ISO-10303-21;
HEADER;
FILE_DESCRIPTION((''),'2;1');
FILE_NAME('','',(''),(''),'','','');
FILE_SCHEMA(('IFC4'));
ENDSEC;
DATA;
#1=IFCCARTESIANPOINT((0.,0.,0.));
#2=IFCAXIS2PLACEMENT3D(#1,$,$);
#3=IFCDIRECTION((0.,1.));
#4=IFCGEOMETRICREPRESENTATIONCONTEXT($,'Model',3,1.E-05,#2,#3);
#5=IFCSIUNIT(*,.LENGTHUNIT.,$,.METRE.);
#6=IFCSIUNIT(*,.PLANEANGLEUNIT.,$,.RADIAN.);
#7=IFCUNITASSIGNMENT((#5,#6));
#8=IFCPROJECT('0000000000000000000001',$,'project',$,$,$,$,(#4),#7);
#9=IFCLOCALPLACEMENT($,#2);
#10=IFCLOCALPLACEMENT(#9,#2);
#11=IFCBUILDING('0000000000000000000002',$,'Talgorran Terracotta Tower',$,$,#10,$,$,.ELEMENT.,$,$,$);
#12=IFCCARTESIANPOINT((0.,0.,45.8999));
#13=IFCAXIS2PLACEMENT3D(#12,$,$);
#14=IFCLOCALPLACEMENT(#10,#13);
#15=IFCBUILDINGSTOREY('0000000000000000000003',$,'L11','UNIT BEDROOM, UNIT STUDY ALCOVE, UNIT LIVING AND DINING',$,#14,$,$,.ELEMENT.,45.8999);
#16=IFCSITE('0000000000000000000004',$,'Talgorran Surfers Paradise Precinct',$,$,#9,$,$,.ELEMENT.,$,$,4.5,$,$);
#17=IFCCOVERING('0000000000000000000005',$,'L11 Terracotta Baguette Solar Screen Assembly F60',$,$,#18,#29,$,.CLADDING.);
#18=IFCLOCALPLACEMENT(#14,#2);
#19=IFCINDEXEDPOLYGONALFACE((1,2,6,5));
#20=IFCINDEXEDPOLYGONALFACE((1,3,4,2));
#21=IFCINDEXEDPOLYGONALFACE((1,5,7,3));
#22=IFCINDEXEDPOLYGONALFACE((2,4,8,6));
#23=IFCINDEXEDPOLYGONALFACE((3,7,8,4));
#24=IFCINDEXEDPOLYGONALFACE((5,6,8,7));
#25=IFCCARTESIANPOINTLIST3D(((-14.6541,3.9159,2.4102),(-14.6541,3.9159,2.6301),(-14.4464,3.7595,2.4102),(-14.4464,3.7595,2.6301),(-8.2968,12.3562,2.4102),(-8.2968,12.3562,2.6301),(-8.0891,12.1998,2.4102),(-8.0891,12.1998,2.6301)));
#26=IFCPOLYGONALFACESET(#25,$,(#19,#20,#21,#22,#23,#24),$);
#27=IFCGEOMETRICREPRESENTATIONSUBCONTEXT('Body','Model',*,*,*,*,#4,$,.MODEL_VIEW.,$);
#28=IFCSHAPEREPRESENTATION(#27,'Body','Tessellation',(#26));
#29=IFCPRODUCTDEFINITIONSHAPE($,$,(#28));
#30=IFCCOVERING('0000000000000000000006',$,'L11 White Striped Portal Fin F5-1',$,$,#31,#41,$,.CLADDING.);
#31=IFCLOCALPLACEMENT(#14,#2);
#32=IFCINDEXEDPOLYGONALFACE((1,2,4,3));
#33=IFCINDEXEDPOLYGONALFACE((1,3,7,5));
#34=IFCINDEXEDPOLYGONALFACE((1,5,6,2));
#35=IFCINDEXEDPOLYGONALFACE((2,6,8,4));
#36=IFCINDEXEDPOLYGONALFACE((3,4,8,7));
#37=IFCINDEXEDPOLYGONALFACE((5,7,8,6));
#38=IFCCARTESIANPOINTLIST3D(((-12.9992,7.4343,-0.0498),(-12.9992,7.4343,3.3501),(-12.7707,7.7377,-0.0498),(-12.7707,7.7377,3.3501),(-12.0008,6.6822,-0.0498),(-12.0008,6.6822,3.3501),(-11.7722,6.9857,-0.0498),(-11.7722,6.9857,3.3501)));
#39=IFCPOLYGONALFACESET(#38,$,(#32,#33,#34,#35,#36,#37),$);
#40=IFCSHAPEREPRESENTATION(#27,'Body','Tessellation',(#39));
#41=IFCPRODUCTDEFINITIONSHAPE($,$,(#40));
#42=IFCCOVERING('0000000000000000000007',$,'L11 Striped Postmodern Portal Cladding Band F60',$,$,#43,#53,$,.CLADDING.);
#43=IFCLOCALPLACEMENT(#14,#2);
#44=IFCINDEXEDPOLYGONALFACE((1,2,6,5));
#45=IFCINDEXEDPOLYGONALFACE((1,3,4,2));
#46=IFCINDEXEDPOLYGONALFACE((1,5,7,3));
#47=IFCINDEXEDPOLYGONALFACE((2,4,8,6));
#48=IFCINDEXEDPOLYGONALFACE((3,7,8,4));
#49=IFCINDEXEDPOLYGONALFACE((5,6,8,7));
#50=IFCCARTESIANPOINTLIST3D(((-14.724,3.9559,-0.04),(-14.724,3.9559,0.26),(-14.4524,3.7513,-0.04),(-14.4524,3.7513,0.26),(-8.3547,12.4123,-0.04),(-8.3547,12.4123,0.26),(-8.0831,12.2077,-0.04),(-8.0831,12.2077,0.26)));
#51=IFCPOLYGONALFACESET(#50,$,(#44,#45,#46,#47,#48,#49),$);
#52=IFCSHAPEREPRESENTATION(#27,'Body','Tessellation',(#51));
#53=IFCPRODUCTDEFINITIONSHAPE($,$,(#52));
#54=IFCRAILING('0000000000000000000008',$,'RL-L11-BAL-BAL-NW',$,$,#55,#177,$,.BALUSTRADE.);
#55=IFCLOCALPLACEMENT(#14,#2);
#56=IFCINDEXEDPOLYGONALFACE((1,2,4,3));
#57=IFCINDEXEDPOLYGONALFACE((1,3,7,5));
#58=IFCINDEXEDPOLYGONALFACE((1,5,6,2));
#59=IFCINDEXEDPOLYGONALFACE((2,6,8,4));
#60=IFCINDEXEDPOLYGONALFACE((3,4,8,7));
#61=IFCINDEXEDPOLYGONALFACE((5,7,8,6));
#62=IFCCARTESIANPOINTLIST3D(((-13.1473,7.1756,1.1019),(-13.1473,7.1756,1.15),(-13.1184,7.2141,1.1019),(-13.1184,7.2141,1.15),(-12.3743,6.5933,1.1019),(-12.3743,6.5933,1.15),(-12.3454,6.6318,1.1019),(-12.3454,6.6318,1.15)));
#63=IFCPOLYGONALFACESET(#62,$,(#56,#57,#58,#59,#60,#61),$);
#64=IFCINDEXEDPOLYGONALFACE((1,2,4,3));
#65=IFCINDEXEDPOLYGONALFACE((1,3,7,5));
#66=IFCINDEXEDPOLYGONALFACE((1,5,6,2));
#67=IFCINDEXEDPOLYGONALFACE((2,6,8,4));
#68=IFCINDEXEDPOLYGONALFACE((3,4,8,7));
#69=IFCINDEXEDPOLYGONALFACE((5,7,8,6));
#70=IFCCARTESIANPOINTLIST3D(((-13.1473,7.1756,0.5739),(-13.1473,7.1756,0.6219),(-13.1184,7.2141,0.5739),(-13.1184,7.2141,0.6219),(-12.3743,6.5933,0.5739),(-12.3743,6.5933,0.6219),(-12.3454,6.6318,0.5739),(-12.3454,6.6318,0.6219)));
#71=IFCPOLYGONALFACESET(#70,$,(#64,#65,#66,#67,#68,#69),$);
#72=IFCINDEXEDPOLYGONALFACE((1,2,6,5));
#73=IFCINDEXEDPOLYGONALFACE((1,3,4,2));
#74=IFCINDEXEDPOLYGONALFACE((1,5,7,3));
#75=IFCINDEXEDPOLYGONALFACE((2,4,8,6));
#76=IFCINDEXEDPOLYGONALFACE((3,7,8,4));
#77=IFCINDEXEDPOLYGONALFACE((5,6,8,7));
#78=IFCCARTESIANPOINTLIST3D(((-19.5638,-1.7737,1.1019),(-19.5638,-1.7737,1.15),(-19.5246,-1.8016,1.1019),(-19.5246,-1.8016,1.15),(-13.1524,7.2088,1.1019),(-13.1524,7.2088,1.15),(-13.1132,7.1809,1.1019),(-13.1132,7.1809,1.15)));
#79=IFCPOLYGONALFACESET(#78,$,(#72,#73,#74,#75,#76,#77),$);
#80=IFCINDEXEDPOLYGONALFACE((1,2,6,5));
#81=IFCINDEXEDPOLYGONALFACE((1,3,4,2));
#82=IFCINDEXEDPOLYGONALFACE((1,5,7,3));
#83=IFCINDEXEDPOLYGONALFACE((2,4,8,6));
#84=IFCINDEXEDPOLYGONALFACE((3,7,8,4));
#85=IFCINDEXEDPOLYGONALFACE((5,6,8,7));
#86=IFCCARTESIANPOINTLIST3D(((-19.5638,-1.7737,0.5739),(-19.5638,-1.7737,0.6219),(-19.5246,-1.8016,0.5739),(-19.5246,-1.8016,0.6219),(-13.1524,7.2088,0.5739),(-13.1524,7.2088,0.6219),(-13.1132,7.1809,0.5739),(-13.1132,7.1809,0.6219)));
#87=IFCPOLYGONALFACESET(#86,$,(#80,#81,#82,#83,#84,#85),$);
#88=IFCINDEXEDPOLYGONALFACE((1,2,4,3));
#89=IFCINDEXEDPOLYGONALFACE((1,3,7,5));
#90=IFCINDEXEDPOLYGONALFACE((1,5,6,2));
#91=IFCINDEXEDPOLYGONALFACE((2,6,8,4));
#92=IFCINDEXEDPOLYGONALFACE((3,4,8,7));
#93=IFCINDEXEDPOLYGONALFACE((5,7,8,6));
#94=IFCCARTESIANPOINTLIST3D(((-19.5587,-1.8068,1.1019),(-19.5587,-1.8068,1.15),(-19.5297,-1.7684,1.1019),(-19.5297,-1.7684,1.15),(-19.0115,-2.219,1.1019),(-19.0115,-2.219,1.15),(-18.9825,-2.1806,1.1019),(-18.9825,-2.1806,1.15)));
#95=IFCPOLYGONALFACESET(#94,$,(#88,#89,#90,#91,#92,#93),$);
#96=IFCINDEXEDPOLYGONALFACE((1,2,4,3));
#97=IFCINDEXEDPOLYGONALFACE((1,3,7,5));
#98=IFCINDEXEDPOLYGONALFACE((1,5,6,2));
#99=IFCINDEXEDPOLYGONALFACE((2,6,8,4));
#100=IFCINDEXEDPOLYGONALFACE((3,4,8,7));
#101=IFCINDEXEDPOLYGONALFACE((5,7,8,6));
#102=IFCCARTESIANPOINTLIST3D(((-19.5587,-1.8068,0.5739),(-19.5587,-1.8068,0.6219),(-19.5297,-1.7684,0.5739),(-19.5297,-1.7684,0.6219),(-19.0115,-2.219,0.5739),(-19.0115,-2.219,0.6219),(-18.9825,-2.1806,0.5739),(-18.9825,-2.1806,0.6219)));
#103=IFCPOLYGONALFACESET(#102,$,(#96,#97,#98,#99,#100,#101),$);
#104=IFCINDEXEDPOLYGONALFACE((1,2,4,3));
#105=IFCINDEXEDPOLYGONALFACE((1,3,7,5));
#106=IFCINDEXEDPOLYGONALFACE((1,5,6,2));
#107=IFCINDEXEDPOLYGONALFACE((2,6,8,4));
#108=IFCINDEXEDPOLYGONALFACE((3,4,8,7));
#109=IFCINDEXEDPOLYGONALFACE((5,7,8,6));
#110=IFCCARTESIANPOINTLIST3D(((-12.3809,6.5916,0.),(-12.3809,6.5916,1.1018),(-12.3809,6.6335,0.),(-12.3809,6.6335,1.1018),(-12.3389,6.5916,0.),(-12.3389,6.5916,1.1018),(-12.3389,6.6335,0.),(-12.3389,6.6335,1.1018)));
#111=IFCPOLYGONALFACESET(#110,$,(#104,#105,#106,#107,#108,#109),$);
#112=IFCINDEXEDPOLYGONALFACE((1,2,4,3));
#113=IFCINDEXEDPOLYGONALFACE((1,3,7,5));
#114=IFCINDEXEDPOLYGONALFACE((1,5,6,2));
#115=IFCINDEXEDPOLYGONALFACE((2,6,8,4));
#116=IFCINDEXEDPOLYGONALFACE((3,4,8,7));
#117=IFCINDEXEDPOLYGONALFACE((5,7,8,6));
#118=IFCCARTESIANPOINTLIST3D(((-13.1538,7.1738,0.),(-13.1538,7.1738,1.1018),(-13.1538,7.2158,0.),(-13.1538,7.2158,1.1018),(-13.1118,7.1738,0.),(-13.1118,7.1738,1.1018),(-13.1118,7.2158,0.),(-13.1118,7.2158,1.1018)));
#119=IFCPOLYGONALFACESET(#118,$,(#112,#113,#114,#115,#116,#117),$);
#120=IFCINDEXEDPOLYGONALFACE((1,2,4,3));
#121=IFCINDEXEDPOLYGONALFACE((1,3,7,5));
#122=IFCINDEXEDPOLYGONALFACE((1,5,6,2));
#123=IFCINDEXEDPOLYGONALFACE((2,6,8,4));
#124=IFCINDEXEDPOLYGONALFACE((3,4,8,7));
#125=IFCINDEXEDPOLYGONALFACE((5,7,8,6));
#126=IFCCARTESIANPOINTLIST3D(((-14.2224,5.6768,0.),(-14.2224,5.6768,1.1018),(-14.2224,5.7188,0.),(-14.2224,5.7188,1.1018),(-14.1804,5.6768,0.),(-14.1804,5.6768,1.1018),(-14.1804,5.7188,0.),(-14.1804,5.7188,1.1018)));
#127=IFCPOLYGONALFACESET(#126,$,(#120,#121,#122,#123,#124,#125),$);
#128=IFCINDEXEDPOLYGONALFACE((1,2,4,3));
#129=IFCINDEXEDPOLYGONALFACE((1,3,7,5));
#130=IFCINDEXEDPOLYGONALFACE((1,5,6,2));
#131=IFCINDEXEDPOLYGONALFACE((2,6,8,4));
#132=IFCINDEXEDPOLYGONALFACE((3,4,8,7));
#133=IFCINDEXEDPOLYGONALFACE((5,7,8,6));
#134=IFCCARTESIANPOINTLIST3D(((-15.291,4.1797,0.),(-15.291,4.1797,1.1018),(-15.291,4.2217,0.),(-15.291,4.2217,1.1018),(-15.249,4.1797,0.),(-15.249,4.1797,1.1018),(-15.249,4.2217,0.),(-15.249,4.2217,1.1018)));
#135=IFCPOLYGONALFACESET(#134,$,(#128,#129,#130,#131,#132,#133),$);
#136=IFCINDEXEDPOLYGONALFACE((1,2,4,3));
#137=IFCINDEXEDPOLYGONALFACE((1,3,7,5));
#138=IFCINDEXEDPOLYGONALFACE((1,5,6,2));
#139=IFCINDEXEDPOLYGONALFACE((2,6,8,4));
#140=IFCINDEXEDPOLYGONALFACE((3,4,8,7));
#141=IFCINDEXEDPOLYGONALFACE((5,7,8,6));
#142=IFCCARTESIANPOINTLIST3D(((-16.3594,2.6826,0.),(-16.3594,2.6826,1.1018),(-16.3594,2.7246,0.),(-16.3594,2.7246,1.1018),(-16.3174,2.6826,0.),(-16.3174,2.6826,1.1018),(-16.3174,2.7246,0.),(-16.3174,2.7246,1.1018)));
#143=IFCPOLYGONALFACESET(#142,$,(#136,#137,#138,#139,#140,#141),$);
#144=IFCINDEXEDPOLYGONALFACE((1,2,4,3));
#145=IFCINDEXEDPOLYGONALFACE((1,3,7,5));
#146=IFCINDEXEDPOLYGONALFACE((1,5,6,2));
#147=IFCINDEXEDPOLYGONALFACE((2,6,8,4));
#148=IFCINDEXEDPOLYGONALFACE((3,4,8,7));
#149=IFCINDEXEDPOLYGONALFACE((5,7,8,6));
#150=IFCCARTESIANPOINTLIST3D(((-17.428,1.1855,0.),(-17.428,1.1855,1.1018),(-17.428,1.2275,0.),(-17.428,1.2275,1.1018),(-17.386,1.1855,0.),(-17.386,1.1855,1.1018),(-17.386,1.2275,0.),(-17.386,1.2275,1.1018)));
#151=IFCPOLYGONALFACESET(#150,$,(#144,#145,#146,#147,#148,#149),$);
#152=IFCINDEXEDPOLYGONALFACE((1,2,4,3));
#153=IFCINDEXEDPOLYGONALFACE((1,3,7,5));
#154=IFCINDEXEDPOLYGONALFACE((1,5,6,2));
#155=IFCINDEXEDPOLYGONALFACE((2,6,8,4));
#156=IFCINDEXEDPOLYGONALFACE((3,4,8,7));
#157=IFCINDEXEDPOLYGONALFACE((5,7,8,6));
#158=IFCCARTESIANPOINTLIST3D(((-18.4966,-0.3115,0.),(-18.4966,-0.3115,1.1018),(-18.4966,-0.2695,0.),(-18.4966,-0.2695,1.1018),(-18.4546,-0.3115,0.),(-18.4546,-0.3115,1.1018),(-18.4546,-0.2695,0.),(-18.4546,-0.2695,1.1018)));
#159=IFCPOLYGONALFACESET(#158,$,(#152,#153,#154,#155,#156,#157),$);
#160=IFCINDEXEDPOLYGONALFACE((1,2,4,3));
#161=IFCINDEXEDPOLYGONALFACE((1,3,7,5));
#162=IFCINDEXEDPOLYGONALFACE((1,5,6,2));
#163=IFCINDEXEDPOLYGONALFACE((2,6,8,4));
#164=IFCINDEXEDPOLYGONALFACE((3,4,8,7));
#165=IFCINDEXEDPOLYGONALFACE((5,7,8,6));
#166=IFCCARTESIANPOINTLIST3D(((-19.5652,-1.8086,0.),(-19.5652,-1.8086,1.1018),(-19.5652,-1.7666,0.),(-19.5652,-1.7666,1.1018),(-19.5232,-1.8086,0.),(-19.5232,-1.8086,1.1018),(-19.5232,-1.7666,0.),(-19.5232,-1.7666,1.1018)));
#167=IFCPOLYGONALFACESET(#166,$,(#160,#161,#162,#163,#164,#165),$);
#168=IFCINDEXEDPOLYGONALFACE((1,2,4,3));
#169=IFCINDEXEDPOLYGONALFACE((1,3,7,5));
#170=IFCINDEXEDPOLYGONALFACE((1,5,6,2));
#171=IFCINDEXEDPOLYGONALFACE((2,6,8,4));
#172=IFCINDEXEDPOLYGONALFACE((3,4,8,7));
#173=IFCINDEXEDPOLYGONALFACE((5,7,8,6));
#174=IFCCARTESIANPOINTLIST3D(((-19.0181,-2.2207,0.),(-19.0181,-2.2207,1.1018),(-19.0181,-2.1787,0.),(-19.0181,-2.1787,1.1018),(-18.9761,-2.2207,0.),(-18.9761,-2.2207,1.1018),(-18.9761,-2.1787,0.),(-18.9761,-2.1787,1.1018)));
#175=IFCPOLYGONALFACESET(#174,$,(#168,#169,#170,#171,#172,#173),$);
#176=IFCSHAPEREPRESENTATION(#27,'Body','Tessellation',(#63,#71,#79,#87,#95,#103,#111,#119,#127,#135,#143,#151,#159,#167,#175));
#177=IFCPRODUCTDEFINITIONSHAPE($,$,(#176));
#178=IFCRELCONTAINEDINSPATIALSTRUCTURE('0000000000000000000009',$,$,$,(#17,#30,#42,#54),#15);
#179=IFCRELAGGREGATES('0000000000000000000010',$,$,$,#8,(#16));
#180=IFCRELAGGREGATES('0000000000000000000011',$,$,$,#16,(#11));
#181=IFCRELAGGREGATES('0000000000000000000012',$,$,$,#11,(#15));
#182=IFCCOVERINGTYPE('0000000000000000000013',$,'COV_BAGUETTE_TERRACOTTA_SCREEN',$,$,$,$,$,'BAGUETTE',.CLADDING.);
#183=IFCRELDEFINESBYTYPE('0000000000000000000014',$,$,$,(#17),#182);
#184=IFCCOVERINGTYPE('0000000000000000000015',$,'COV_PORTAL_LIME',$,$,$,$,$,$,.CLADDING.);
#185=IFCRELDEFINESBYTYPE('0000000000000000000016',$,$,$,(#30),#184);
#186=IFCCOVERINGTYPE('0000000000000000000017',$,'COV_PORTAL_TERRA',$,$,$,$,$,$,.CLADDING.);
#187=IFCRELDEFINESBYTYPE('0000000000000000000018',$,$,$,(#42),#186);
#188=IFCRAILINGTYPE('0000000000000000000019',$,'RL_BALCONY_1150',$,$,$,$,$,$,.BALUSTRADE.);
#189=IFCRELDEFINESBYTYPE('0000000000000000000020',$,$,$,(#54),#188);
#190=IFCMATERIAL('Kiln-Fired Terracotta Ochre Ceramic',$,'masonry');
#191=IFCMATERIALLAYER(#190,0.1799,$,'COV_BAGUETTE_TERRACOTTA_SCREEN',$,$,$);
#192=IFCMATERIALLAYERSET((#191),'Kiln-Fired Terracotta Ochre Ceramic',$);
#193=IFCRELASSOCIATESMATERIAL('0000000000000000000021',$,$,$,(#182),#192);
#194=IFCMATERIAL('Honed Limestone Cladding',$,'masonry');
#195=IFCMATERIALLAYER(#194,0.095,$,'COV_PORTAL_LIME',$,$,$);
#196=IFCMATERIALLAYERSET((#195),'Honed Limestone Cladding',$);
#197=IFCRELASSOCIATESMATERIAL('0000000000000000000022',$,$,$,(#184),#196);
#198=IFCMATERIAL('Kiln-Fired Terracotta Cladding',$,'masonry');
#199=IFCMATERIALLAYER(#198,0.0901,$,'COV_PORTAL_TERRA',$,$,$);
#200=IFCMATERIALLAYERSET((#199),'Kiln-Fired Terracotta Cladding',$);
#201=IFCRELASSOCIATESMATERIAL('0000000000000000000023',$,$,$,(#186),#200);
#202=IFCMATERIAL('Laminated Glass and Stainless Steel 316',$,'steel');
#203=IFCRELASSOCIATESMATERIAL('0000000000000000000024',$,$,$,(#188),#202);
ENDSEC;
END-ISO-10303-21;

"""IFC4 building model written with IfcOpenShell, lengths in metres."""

from ifc_helpers import new_model, si_unit, direction, frame, origin, origin_2d, place, context, subcontext, project, spatial, rectangle, extrude, material, layer, layer_set, type_object, element, save


model = new_model("IFC4")

# Units and contexts
model_context = context("Model", 3, precision=1e-05, world=origin(), true_north=direction((0.0, 1.0)))
body_context = subcontext(model_context, "Body", "Model", "MODEL_VIEW")
ifc_project = project(units=[si_unit("LENGTHUNIT", "METRE"), si_unit("PLANEANGLEUNIT", "RADIAN")], contexts=[model_context])

# Site, building, storey
site_placement = place(None, origin())
site = spatial("IfcSite", under=ifc_project, at=site_placement, Name="Talgorran Surfers Paradise Precinct", CompositionType="ELEMENT", RefElevation=4.5)
building_placement = place(site_placement, origin())
building = spatial("IfcBuilding", under=site, at=building_placement, Name="Talgorran Terracotta Tower", CompositionType="ELEMENT")
storey_placement = place(building_placement, frame((0.0, 0.0, 45.8999)))
storey = spatial("IfcBuildingStorey", under=building, at=storey_placement, Name="L11", Description="UNIT BEDROOM, UNIT STUDY ALCOVE, UNIT LIVING AND DINING", CompositionType="ELEMENT", Elevation=45.8999)

# Coverings
ifc_material_1 = material(Name="Kiln-Fired Terracotta Ochre Ceramic", Category="masonry")
ifc_layer_1 = layer(ifc_material_1, 0.1799, Name="COV_BAGUETTE_TERRACOTTA_SCREEN")
ifc_layer_set_1 = layer_set([ifc_layer_1], Name="Kiln-Fired Terracotta Ochre Ceramic")
covering_type_1 = type_object("IfcCoveringType", Name="COV_BAGUETTE_TERRACOTTA_SCREEN", ElementType="BAGUETTE", PredefinedType="CLADDING", material=ifc_layer_set_1)
covering_1_placement = place(storey_placement, frame((-11.3716, 8.0579, 2.4102), z_axis=(0.0, 0.0, 1.0), x_axis=(-0.601634, -0.798772, 0.0)))
element("IfcCovering", 1, at=covering_1_placement, inside=storey, type_object=covering_type_1, Name="L11 Terracotta Baguette Solar Screen Assembly F60", PredefinedType="CLADDING", context=body_context, shape_type="SweptSolid", body=[
    extrude(rectangle(XDim=10.5667, YDim=0.26, at=origin_2d()), origin(), (0.0, 0.0, 1.0), 0.22),
])
ifc_material_2 = material(Name="Honed Limestone Cladding", Category="masonry")
ifc_layer_2 = layer(ifc_material_2, 0.095, Name="COV_PORTAL_LIME")
ifc_layer_set_2 = layer_set([ifc_layer_2], Name="Honed Limestone Cladding")
covering_type_2 = type_object("IfcCoveringType", Name="COV_PORTAL_LIME", PredefinedType="CLADDING", material=ifc_layer_set_2)
covering_2_placement = place(storey_placement, frame((-12.3857, 7.21, -0.0498), z_axis=(0.0, 0.0, 1.0), x_axis=(-0.601634, -0.798772, 0.0)))
element("IfcCovering", 2, at=covering_2_placement, inside=storey, type_object=covering_type_2, Name="L11 White Striped Portal Fin F5-1", PredefinedType="CLADDING", context=body_context, shape_type="SweptSolid", body=[
    extrude(rectangle(XDim=0.3799, YDim=1.25, at=origin_2d()), origin(), (0.0, 0.0, 1.0), 3.3999),
])
ifc_material_3 = material(Name="Kiln-Fired Terracotta Cladding", Category="masonry")
ifc_layer_3 = layer(ifc_material_3, 0.0901, Name="COV_PORTAL_TERRA")
ifc_layer_set_3 = layer_set([ifc_layer_3], Name="Kiln-Fired Terracotta Cladding")
covering_type_3 = type_object("IfcCoveringType", Name="COV_PORTAL_TERRA", PredefinedType="CLADDING", material=ifc_layer_set_3)
covering_3_placement = place(storey_placement, frame((-11.4036, 8.0818, -0.04), z_axis=(0.0, 0.0, 1.0), x_axis=(-0.601634, -0.798772, 0.0)))
element("IfcCovering", 3, at=covering_3_placement, inside=storey, type_object=covering_type_3, Name="L11 Striped Postmodern Portal Cladding Band F60", PredefinedType="CLADDING", context=body_context, shape_type="SweptSolid", body=[
    extrude(rectangle(XDim=10.5867, YDim=0.3401, at=origin_2d()), origin(), (0.0, 0.0, 1.0), 0.3),
])

# Railing
ifc_material_4 = material(Name="Laminated Glass and Stainless Steel 316", Category="steel")
railing_type = type_object("IfcRailingType", Name="RL_BALCONY_1150", PredefinedType="BALUSTRADE", material=ifc_material_4)
railing_placement = place(storey_placement, frame((-12.3599, 6.6125, 0.0)))
element("IfcRailing", 4, at=railing_placement, inside=storey, type_object=railing_type, Name="RL-L11-BAL-BAL-NW", PredefinedType="BALUSTRADE", context=body_context, shape_type="SweptSolid", body=[
    extrude(rectangle(XDim=0.0481, YDim=0.0481, at=origin_2d()), frame((0.0, 0.0, 1.126), z_axis=(-0.798727, 0.601694, 0.0), x_axis=(-0.601694, -0.798727, 0.0)), (0.0, 0.0, 1.0), 0.9678),
    extrude(rectangle(XDim=0.0481, YDim=0.0481, at=origin_2d()), frame((0.0, 0.0, 0.5979), z_axis=(-0.798727, 0.601694, 0.0), x_axis=(-0.601694, -0.798727, 0.0)), (0.0, 0.0, 1.0), 0.9678),
    extrude(rectangle(XDim=0.0481, YDim=0.0481, at=origin_2d()), frame((-0.7729, 0.5823, 1.126), z_axis=(-0.58096, -0.813932, 0.0), x_axis=(0.813932, -0.58096, 0.0)), (0.0, 0.0, 1.0), 11.0359),
    extrude(rectangle(XDim=0.0481, YDim=0.0481, at=origin_2d()), frame((-0.7729, 0.5823, 0.5979), z_axis=(-0.58096, -0.813932, 0.0), x_axis=(0.813932, -0.58096, 0.0)), (0.0, 0.0, 1.0), 11.0359),
    extrude(rectangle(XDim=0.0481, YDim=0.0481, at=origin_2d()), frame((-7.1843, -8.4001, 1.126), z_axis=(0.798758, -0.601653, 0.0), x_axis=(0.601653, 0.798758, 0.0)), (0.0, 0.0, 1.0), 0.6851),
    extrude(rectangle(XDim=0.0481, YDim=0.0481, at=origin_2d()), frame((-7.1843, -8.4001, 0.5979), z_axis=(0.798758, -0.601653, 0.0), x_axis=(0.601653, 0.798758, 0.0)), (0.0, 0.0, 1.0), 0.6851),
    extrude(rectangle(XDim=0.042, YDim=0.042, at=origin_2d()), origin(), (0.0, 0.0, 1.0), 1.1018),
    extrude(rectangle(XDim=0.042, YDim=0.042, at=origin_2d()), frame((-0.7729, 0.5823, 0.0)), (0.0, 0.0, 1.0), 1.1018),
    extrude(rectangle(XDim=0.042, YDim=0.042, at=origin_2d()), frame((-1.8416, -0.9148, 0.0)), (0.0, 0.0, 1.0), 1.1018),
    extrude(rectangle(XDim=0.042, YDim=0.042, at=origin_2d()), frame((-2.9102, -2.4119, 0.0)), (0.0, 0.0, 1.0), 1.1018),
    extrude(rectangle(XDim=0.042, YDim=0.042, at=origin_2d()), frame((-3.9785, -3.9089, 0.0)), (0.0, 0.0, 1.0), 1.1018),
    extrude(rectangle(XDim=0.042, YDim=0.042, at=origin_2d()), frame((-5.0471, -5.406, 0.0)), (0.0, 0.0, 1.0), 1.1018),
    extrude(rectangle(XDim=0.042, YDim=0.042, at=origin_2d()), frame((-6.1157, -6.9031, 0.0)), (0.0, 0.0, 1.0), 1.1018),
    extrude(rectangle(XDim=0.042, YDim=0.042, at=origin_2d()), frame((-7.1843, -8.4001, 0.0)), (0.0, 0.0, 1.0), 1.1018),
    extrude(rectangle(XDim=0.042, YDim=0.042, at=origin_2d()), frame((-6.6372, -8.8123, 0.0)), (0.0, 0.0, 1.0), 1.1018),
])

save(model, "model.ifc")
